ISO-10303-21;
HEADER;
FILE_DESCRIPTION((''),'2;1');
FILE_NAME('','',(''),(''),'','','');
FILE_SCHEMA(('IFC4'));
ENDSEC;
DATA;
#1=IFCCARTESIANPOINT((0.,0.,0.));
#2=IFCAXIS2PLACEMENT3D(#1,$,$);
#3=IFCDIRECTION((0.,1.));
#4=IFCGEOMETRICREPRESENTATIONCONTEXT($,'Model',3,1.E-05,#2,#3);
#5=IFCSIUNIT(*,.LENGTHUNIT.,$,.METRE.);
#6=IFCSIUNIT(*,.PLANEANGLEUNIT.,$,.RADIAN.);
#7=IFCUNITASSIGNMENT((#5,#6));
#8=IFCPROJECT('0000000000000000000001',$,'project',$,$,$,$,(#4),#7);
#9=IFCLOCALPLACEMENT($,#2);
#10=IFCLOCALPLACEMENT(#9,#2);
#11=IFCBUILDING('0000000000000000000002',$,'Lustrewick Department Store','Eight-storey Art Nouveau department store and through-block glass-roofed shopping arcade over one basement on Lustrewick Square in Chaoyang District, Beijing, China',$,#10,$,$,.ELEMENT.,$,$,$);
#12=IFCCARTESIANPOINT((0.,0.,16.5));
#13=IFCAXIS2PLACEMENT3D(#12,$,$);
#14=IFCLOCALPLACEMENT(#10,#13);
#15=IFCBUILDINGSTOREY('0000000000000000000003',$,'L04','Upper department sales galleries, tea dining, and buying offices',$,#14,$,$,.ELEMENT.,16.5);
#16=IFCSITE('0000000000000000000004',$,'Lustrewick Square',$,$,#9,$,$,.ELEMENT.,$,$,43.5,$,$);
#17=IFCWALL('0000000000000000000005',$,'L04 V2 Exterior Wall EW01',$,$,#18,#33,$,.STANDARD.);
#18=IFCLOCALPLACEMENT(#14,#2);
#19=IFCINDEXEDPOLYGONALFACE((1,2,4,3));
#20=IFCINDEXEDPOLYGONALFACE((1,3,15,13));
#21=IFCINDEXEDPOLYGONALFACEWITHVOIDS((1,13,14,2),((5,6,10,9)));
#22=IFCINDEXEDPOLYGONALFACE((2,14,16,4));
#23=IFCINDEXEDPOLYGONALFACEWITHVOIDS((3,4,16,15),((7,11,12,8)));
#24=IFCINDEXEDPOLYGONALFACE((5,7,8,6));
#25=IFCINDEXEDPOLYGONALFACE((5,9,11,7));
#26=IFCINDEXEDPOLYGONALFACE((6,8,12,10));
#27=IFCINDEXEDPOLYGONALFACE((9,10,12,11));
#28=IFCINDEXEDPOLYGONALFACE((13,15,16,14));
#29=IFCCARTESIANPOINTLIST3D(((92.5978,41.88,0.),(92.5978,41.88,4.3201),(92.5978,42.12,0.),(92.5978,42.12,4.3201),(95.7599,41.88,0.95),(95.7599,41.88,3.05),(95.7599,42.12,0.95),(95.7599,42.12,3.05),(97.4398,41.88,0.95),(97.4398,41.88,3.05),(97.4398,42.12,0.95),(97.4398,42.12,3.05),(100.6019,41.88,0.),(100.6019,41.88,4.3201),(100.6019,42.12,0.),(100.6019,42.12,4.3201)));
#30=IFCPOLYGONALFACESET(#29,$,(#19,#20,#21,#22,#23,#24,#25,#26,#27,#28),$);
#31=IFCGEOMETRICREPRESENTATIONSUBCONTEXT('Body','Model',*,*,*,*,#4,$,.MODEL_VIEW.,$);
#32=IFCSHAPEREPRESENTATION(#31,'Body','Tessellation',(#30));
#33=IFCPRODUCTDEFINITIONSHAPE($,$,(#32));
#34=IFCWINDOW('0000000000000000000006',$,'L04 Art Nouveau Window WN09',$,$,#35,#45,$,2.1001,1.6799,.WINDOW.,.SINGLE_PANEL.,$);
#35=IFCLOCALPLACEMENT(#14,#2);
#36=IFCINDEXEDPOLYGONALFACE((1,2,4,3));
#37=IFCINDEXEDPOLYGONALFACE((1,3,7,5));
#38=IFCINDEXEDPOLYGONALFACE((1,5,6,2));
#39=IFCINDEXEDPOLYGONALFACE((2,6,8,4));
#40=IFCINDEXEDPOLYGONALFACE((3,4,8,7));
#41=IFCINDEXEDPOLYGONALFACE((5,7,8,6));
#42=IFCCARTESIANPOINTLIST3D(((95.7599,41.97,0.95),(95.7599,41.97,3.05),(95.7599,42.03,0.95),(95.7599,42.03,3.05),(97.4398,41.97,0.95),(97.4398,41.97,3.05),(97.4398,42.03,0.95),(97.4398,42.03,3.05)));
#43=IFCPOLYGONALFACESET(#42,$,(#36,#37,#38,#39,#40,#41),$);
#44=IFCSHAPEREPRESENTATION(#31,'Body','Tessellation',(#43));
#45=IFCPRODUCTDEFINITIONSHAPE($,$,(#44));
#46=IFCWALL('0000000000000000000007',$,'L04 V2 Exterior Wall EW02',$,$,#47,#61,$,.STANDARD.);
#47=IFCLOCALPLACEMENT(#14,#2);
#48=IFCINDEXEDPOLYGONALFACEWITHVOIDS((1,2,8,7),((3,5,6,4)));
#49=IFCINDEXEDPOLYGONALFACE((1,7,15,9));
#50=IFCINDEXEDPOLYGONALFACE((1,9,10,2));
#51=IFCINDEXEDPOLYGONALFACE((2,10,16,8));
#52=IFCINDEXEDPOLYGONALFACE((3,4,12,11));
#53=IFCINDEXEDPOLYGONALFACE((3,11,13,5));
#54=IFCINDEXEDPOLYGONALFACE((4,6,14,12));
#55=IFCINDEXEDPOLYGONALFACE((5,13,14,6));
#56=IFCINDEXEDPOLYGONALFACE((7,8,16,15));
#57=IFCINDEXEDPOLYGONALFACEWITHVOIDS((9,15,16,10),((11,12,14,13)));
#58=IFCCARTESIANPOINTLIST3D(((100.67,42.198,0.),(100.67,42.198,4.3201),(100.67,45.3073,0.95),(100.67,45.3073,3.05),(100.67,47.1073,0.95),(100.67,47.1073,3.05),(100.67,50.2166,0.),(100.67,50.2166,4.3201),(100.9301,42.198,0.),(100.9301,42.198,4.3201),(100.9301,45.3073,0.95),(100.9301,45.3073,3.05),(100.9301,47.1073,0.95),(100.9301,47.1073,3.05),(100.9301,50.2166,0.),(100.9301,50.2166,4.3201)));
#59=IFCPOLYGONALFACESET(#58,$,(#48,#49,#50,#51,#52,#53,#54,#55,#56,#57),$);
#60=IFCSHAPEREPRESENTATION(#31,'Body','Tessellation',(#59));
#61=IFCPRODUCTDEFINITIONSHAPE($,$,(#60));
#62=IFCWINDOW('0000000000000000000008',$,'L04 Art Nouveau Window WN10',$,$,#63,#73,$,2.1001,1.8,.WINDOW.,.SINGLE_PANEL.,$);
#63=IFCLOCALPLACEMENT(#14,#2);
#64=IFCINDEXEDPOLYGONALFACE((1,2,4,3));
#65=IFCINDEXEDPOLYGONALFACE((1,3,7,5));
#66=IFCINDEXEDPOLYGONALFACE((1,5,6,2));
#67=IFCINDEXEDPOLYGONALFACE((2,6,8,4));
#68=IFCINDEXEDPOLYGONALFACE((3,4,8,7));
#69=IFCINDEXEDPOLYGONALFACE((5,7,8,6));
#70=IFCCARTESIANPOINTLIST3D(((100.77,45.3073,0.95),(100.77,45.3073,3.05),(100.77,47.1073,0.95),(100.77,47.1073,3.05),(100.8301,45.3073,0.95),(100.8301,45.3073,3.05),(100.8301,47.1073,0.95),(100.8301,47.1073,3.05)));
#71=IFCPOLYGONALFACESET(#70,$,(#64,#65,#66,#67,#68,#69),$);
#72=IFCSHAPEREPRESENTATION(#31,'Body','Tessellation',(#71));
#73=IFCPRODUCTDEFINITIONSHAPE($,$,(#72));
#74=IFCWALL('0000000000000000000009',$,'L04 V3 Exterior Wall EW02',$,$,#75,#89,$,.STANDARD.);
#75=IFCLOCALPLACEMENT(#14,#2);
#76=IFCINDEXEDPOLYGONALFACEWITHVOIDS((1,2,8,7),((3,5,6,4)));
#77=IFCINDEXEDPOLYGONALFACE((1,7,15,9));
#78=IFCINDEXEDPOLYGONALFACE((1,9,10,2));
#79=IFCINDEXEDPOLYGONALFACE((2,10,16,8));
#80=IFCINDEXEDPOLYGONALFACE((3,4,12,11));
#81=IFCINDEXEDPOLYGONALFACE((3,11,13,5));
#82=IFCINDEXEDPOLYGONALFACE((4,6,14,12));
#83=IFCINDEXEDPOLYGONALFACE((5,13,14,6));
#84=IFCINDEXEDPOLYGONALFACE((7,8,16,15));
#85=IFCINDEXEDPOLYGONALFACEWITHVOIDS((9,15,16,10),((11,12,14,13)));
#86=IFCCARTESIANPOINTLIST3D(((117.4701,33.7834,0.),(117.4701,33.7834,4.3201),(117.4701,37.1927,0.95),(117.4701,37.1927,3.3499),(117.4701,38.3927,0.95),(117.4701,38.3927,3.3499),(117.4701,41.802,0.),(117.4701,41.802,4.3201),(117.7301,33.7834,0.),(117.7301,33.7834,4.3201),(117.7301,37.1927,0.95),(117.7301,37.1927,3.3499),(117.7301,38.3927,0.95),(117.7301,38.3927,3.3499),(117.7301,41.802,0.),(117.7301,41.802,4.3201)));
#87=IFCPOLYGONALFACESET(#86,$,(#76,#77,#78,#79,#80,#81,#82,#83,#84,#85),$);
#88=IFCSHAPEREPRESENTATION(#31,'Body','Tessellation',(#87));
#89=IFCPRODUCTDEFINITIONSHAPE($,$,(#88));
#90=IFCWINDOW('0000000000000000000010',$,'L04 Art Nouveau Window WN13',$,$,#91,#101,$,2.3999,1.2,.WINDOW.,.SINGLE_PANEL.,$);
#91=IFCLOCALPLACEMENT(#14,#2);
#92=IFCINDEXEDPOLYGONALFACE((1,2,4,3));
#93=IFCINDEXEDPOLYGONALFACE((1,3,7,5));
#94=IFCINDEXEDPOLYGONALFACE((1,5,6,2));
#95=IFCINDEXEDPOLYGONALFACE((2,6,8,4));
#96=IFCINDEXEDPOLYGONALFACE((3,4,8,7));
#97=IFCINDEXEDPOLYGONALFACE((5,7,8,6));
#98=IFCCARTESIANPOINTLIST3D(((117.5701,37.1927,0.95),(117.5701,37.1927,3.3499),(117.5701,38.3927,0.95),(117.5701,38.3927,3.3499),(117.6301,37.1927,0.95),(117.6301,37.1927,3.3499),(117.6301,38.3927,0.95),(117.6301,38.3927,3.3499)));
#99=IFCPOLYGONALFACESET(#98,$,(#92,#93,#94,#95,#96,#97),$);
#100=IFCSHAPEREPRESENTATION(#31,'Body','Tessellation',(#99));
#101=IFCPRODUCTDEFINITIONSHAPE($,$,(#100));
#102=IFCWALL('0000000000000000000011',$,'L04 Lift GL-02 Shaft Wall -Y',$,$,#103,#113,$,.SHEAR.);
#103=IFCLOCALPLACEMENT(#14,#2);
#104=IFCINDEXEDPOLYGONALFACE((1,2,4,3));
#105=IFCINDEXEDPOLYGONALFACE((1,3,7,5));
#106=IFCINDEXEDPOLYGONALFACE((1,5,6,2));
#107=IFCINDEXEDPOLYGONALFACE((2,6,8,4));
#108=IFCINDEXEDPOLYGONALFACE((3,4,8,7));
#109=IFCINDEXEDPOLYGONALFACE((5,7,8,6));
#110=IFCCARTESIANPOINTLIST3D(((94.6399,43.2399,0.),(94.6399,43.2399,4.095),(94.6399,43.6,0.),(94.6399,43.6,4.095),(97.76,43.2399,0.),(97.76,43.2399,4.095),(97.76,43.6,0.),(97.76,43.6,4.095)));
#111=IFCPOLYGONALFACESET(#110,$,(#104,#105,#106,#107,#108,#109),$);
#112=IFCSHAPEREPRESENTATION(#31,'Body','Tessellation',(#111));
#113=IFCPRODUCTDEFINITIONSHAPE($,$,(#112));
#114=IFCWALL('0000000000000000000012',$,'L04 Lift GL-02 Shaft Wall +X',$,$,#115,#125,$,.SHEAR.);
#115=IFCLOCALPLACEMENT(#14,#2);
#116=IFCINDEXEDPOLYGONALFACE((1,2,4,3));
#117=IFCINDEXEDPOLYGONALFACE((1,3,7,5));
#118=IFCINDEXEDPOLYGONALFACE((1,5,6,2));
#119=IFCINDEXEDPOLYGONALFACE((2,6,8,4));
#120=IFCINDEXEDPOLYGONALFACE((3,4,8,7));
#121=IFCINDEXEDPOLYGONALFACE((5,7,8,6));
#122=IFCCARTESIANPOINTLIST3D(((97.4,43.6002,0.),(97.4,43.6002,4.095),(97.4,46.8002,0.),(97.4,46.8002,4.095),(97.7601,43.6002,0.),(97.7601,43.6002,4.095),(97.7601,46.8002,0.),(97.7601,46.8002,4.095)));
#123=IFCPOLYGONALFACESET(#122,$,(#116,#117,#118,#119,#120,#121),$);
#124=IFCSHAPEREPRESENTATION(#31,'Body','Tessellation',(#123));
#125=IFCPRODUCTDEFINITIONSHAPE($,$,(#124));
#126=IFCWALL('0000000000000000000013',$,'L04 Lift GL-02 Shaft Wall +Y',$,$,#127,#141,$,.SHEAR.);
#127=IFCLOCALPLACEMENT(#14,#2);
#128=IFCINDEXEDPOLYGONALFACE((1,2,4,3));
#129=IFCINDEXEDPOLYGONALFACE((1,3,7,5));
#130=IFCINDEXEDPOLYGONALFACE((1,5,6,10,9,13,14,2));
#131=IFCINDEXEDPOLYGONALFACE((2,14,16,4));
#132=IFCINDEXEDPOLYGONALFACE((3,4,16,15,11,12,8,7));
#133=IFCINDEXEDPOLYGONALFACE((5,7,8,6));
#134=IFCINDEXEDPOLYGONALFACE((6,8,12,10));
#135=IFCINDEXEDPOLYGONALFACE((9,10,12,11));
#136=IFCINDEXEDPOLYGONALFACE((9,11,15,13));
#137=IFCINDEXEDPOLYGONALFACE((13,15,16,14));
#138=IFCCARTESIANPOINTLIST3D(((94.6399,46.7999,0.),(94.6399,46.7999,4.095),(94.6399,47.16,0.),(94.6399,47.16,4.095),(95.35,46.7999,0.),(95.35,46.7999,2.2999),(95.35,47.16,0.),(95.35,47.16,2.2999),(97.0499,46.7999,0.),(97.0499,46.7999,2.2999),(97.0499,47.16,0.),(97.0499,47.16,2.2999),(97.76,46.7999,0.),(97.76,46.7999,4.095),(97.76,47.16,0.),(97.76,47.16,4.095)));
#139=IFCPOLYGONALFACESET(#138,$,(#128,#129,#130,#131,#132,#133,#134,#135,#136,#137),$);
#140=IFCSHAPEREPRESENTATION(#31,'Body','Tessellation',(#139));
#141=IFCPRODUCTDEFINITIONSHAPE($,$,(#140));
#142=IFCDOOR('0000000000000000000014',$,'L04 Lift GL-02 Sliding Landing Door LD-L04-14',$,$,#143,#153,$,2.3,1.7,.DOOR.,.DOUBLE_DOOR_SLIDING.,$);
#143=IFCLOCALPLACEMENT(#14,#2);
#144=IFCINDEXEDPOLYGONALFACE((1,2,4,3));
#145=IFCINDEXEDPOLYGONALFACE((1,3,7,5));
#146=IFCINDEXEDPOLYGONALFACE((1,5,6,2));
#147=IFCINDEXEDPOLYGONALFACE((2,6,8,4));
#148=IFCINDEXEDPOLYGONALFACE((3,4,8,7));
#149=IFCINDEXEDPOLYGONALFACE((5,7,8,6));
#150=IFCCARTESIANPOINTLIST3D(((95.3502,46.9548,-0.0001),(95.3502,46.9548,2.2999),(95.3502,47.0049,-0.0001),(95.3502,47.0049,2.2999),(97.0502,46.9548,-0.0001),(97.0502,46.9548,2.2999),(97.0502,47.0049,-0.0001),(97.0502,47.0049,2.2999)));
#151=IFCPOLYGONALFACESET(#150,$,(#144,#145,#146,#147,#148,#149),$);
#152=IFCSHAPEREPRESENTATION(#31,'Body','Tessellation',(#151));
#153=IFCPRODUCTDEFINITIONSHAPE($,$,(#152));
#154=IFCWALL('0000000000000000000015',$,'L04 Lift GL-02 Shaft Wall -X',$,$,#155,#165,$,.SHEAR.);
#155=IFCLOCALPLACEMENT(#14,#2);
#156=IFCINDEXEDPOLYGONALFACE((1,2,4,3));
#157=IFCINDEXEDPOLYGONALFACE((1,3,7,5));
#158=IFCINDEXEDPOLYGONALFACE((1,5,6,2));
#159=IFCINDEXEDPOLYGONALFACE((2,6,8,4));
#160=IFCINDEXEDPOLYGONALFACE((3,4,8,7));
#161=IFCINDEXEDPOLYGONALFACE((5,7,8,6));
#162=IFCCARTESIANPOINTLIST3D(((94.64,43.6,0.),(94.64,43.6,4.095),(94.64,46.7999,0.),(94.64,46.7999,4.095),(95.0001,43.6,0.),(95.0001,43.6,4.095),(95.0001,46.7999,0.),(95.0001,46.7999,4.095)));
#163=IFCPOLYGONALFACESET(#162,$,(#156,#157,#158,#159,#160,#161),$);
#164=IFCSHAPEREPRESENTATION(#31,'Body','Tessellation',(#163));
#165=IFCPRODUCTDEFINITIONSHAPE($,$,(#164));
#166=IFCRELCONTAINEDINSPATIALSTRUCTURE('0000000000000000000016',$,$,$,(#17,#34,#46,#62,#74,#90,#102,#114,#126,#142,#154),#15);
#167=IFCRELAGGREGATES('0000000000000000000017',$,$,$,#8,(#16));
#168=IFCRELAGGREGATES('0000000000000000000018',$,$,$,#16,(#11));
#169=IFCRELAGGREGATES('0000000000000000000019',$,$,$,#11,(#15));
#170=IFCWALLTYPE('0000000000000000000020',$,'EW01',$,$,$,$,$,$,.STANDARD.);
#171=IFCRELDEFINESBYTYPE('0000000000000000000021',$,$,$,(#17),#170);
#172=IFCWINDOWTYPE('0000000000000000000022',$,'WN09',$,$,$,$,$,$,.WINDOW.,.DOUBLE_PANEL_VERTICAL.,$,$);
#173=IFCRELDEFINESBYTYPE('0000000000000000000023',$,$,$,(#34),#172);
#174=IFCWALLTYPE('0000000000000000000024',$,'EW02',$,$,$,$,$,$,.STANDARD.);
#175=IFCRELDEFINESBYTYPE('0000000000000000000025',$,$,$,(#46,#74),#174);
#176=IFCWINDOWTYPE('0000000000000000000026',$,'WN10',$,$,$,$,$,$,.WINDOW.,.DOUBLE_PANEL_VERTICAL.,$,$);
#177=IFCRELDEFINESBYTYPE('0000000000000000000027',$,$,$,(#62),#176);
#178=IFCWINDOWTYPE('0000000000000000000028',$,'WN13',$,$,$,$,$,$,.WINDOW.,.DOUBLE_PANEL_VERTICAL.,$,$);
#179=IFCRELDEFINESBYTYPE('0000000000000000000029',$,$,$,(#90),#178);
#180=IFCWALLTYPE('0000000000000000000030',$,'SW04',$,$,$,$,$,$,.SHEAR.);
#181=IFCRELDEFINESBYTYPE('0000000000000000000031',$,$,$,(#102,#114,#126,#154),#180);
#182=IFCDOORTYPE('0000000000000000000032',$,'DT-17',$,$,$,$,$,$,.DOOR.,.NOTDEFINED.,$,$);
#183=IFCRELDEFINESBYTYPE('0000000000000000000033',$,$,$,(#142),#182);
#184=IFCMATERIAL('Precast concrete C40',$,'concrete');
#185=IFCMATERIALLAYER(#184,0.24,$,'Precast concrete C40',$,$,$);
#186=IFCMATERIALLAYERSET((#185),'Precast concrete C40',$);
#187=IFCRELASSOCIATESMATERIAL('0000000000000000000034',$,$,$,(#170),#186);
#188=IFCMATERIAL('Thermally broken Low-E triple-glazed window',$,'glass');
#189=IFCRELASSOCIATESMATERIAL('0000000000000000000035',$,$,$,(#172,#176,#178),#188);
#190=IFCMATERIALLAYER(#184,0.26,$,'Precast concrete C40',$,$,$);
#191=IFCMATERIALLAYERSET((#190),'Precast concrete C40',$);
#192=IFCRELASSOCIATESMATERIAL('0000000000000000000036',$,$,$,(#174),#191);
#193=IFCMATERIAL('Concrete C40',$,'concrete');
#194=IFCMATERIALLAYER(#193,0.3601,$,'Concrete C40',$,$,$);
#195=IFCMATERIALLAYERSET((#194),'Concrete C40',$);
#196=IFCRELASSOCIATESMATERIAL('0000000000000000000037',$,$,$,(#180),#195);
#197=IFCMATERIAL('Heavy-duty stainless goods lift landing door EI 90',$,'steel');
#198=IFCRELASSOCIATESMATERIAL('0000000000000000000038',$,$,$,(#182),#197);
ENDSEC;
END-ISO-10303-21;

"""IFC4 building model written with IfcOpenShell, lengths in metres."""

from ifc_helpers import new_model, si_unit, direction, frame, frame_2d, origin, place, context, subcontext, project, spatial, rectangle, extrude, material, layer, layer_set, type_object, element, fill, save


model = new_model("IFC4")

# Units and contexts
model_context = context("Model", 3, precision=1e-05, world=origin(), true_north=direction((0.0, 1.0)))
body_context = subcontext(model_context, "Body", "Model", "MODEL_VIEW")
ifc_project = project(units=[si_unit("LENGTHUNIT", "METRE"), si_unit("PLANEANGLEUNIT", "RADIAN")], contexts=[model_context])

# Site, building, storey
site_placement = place(None, origin())
site = spatial("IfcSite", under=ifc_project, at=site_placement, Name="Lustrewick Square", CompositionType="ELEMENT", RefElevation=43.5)
building_placement = place(site_placement, origin())
building = spatial("IfcBuilding", under=site, at=building_placement, Name="Lustrewick Department Store", Description="Eight-storey Art Nouveau department store and through-block glass-roofed shopping arcade over one basement on Lustrewick Square in Chaoyang District, Beijing, China", CompositionType="ELEMENT")
storey_placement = place(building_placement, frame((0.0, 0.0, 16.5)))
storey = spatial("IfcBuildingStorey", under=building, at=storey_placement, Name="L04", Description="Upper department sales galleries, tea dining, and buying offices", CompositionType="ELEMENT", Elevation=16.5)

# Walls, openings, windows
ifc_material_1 = material(Name="Precast concrete C40", Category="concrete")
ifc_layer_1 = layer(ifc_material_1, 0.24, Name="Precast concrete C40")
ifc_layer_set_1 = layer_set([ifc_layer_1], Name="Precast concrete C40")
wall_type_1 = type_object("IfcWallType", Name="EW01", PredefinedType="STANDARD", material=ifc_layer_set_1)
wall_1_placement = place(storey_placement, frame((92.5979, 42.0, 0.0), z_axis=(0.0, 0.0, 1.0), x_axis=(1.0, 0.0, 0.0)))
wall_1 = element("IfcWall", 1, at=wall_1_placement, inside=storey, type_object=wall_type_1, Name="L04 V2 Exterior Wall EW01", PredefinedType="STANDARD", context=body_context, shape_type="SweptSolid", body=[
    extrude(rectangle(XDim=8.0042, YDim=0.24, at=frame_2d((4.002, 0.0))), origin(), (0.0, 0.0, 1.0), 4.3201),
])
opening_1_placement = place(wall_1_placement, frame((3.1621, 0.0, 0.95)))
opening_1 = element("IfcOpeningElement", 2, at=opening_1_placement, cuts=wall_1, PredefinedType="OPENING", context=body_context, shape_type="SweptSolid", body=[
    extrude(rectangle(XDim=1.6799, YDim=2.1001, at=frame_2d((0.8398, 1.05))), frame((0.0, 0.1299, 0.0), z_axis=(0.0, -1.0, 0.0), x_axis=(1.0, 0.0, 0.0)), (0.0, 0.0, 1.0), 0.26),
])
ifc_material_2 = material(Name="Thermally broken Low-E triple-glazed window", Category="glass")
window_type_1 = type_object("IfcWindowType", Name="WN09", PartitioningType="DOUBLE_PANEL_VERTICAL", PredefinedType="WINDOW", material=ifc_material_2)
window_1_placement = place(opening_1_placement, origin())
window_1 = element("IfcWindow", 3, at=window_1_placement, inside=storey, type_object=window_type_1, Name="L04 Art Nouveau Window WN09", OverallHeight=2.1001, OverallWidth=1.6799, PartitioningType="SINGLE_PANEL", PredefinedType="WINDOW", context=body_context, shape_type="SweptSolid", body=[
    extrude(rectangle(XDim=1.6799, YDim=2.1001, at=frame_2d((0.8398, 1.05))), frame((0.0, 0.03, 0.0), z_axis=(0.0, -1.0, 0.0), x_axis=(1.0, 0.0, 0.0)), (0.0, 0.0, 1.0), 0.0601),
])
fill(opening_1, window_1)
ifc_layer_2 = layer(ifc_material_1, 0.26, Name="Precast concrete C40")
ifc_layer_set_2 = layer_set([ifc_layer_2], Name="Precast concrete C40")
wall_type_2 = type_object("IfcWallType", Name="EW02", PredefinedType="STANDARD", material=ifc_layer_set_2)
wall_2_placement = place(storey_placement, frame((100.8, 42.198, 0.0), z_axis=(0.0, 0.0, 1.0), x_axis=(0.0, 1.0, 0.0)))
wall_2 = element("IfcWall", 4, at=wall_2_placement, inside=storey, type_object=wall_type_2, Name="L04 V2 Exterior Wall EW02", PredefinedType="STANDARD", context=body_context, shape_type="SweptSolid", body=[
    extrude(rectangle(XDim=8.0186, YDim=0.26, at=frame_2d((4.0093, 0.0))), origin(), (0.0, 0.0, 1.0), 4.3201),
])
opening_2_placement = place(wall_2_placement, frame((3.1094, 0.0, 0.95)))
opening_2 = element("IfcOpeningElement", 5, at=opening_2_placement, cuts=wall_2, PredefinedType="OPENING", context=body_context, shape_type="SweptSolid", body=[
    extrude(rectangle(XDim=1.8, YDim=2.1001, at=frame_2d((0.8999, 1.05))), frame((0.0, 0.1401, 0.0), z_axis=(0.0, -1.0, 0.0), x_axis=(1.0, 0.0, 0.0)), (0.0, 0.0, 1.0), 0.28),
])
window_type_2 = type_object("IfcWindowType", Name="WN10", PartitioningType="DOUBLE_PANEL_VERTICAL", PredefinedType="WINDOW", material=ifc_material_2)
window_2_placement = place(opening_2_placement, origin())
window_2 = element("IfcWindow", 6, at=window_2_placement, inside=storey, type_object=window_type_2, Name="L04 Art Nouveau Window WN10", OverallHeight=2.1001, OverallWidth=1.8, PartitioningType="SINGLE_PANEL", PredefinedType="WINDOW", context=body_context, shape_type="SweptSolid", body=[
    extrude(rectangle(XDim=1.8, YDim=2.1001, at=frame_2d((0.8999, 1.05))), frame((0.0, 0.03, 0.0), z_axis=(0.0, -1.0, 0.0), x_axis=(1.0, 0.0, 0.0)), (0.0, 0.0, 1.0), 0.0601),
])
fill(opening_2, window_2)
wall_3_placement = place(storey_placement, frame((117.6001, 41.802, 0.0), z_axis=(0.0, 0.0, 1.0), x_axis=(0.0, -1.0, 0.0)))
wall_3 = element("IfcWall", 7, at=wall_3_placement, inside=storey, type_object=wall_type_2, Name="L04 V3 Exterior Wall EW02", PredefinedType="STANDARD", context=body_context, shape_type="SweptSolid", body=[
    extrude(rectangle(XDim=8.0186, YDim=0.26, at=frame_2d((4.0093, 0.0))), origin(), (0.0, 0.0, 1.0), 4.3201),
])
opening_3_placement = place(wall_3_placement, frame((3.4092, 0.0, 0.95)))
opening_3 = element("IfcOpeningElement", 8, at=opening_3_placement, cuts=wall_3, PredefinedType="OPENING", context=body_context, shape_type="SweptSolid", body=[
    extrude(rectangle(XDim=1.2, YDim=2.3999, at=frame_2d((0.6001, 1.2))), frame((0.0, 0.1401, 0.0), z_axis=(0.0, -1.0, 0.0), x_axis=(1.0, 0.0, 0.0)), (0.0, 0.0, 1.0), 0.28),
])
window_type_3 = type_object("IfcWindowType", Name="WN13", PartitioningType="DOUBLE_PANEL_VERTICAL", PredefinedType="WINDOW", material=ifc_material_2)
window_3_placement = place(opening_3_placement, origin())
window_3 = element("IfcWindow", 9, at=window_3_placement, inside=storey, type_object=window_type_3, Name="L04 Art Nouveau Window WN13", OverallHeight=2.3999, OverallWidth=1.2, PartitioningType="SINGLE_PANEL", PredefinedType="WINDOW", context=body_context, shape_type="SweptSolid", body=[
    extrude(rectangle(XDim=1.2, YDim=2.3999, at=frame_2d((0.6001, 1.2))), frame((0.0, 0.03, 0.0), z_axis=(0.0, -1.0, 0.0), x_axis=(1.0, 0.0, 0.0)), (0.0, 0.0, 1.0), 0.0601),
])
fill(opening_3, window_3)

# Walls
ifc_material_3 = material(Name="Concrete C40", Category="concrete")
ifc_layer_3 = layer(ifc_material_3, 0.3601, Name="Concrete C40")
ifc_layer_set_3 = layer_set([ifc_layer_3], Name="Concrete C40")
wall_type_3 = type_object("IfcWallType", Name="SW04", PredefinedType="SHEAR", material=ifc_layer_set_3)
wall_4_placement = place(storey_placement, frame((94.6399, 43.4199, 0.0), z_axis=(0.0, 0.0, 1.0), x_axis=(1.0, 0.0, 0.0)))
element("IfcWall", 10, at=wall_4_placement, inside=storey, type_object=wall_type_3, Name="L04 Lift GL-02 Shaft Wall -Y", PredefinedType="SHEAR", context=body_context, shape_type="SweptSolid", body=[
    extrude(rectangle(XDim=3.1201, YDim=0.3601, at=frame_2d((1.5601, 0.0))), origin(), (0.0, 0.0, 1.0), 4.095),
])
wall_5_placement = place(storey_placement, frame((97.5801, 43.6001, 0.0), z_axis=(0.0, 0.0, 1.0), x_axis=(0.0, 1.0, 0.0)))
element("IfcWall", 11, at=wall_5_placement, inside=storey, type_object=wall_type_3, Name="L04 Lift GL-02 Shaft Wall +X", PredefinedType="SHEAR", context=body_context, shape_type="SweptSolid", body=[
    extrude(rectangle(XDim=3.2, YDim=0.3601, at=frame_2d((1.6001, 0.0))), origin(), (0.0, 0.0, 1.0), 4.095),
])

# Wall, opening, door
wall_6_placement = place(storey_placement, frame((97.76, 46.98, 0.0), z_axis=(0.0, 0.0, 1.0), x_axis=(-1.0, 0.0, 0.0)))
wall_6 = element("IfcWall", 12, at=wall_6_placement, inside=storey, type_object=wall_type_3, Name="L04 Lift GL-02 Shaft Wall +Y", PredefinedType="SHEAR", context=body_context, shape_type="SweptSolid", body=[
    extrude(rectangle(XDim=3.1201, YDim=0.3601, at=frame_2d((1.5601, 0.0))), origin(), (0.0, 0.0, 1.0), 4.095),
])
opening_4_placement = place(wall_6_placement, frame((0.71, 0.0, 0.0)))
opening_4 = element("IfcOpeningElement", 13, at=opening_4_placement, cuts=wall_6, PredefinedType="OPENING", context=body_context, shape_type="SweptSolid", body=[
    extrude(rectangle(XDim=1.7, YDim=2.3, at=frame_2d((0.8501, 1.1499))), frame((0.0, 0.1899, 0.0), z_axis=(0.0, -1.0, 0.0), x_axis=(1.0, 0.0, 0.0)), (0.0, 0.0, 1.0), 0.3801),
])
ifc_material_4 = material(Name="Heavy-duty stainless goods lift landing door EI 90", Category="steel")
door_type = type_object("IfcDoorType", Name="DT-17", OperationType="NOTDEFINED", PredefinedType="DOOR", material=ifc_material_4)
door_placement = place(opening_4_placement, frame((1.7, 0.0, 0.0), z_axis=(0.0, 0.0, 1.0), x_axis=(-1.0, 0.0, 0.0)))
door = element("IfcDoor", 14, at=door_placement, inside=storey, type_object=door_type, Name="L04 Lift GL-02 Sliding Landing Door LD-L04-14", OperationType="DOUBLE_DOOR_SLIDING", OverallHeight=2.3, OverallWidth=1.7, PredefinedType="DOOR", context=body_context, shape_type="SweptSolid", body=[
    extrude(rectangle(XDim=1.7, YDim=2.3, at=frame_2d((0.8501, 1.1499))), frame((0.0, 0.0249, 0.0), z_axis=(0.0, -1.0, 0.0), x_axis=(1.0, 0.0, 0.0)), (0.0, 0.0, 1.0), 0.05),
])
fill(opening_4, door)

# Wall
wall_7_placement = place(storey_placement, frame((94.8201, 46.8, 0.0), z_axis=(0.0, 0.0, 1.0), x_axis=(0.0, -1.0, 0.0)))
element("IfcWall", 15, at=wall_7_placement, inside=storey, type_object=wall_type_3, Name="L04 Lift GL-02 Shaft Wall -X", PredefinedType="SHEAR", context=body_context, shape_type="SweptSolid", body=[
    extrude(rectangle(XDim=3.2, YDim=0.3601, at=frame_2d((1.6001, 0.0))), origin(), (0.0, 0.0, 1.0), 4.095),
])

save(model, "model.ifc")
